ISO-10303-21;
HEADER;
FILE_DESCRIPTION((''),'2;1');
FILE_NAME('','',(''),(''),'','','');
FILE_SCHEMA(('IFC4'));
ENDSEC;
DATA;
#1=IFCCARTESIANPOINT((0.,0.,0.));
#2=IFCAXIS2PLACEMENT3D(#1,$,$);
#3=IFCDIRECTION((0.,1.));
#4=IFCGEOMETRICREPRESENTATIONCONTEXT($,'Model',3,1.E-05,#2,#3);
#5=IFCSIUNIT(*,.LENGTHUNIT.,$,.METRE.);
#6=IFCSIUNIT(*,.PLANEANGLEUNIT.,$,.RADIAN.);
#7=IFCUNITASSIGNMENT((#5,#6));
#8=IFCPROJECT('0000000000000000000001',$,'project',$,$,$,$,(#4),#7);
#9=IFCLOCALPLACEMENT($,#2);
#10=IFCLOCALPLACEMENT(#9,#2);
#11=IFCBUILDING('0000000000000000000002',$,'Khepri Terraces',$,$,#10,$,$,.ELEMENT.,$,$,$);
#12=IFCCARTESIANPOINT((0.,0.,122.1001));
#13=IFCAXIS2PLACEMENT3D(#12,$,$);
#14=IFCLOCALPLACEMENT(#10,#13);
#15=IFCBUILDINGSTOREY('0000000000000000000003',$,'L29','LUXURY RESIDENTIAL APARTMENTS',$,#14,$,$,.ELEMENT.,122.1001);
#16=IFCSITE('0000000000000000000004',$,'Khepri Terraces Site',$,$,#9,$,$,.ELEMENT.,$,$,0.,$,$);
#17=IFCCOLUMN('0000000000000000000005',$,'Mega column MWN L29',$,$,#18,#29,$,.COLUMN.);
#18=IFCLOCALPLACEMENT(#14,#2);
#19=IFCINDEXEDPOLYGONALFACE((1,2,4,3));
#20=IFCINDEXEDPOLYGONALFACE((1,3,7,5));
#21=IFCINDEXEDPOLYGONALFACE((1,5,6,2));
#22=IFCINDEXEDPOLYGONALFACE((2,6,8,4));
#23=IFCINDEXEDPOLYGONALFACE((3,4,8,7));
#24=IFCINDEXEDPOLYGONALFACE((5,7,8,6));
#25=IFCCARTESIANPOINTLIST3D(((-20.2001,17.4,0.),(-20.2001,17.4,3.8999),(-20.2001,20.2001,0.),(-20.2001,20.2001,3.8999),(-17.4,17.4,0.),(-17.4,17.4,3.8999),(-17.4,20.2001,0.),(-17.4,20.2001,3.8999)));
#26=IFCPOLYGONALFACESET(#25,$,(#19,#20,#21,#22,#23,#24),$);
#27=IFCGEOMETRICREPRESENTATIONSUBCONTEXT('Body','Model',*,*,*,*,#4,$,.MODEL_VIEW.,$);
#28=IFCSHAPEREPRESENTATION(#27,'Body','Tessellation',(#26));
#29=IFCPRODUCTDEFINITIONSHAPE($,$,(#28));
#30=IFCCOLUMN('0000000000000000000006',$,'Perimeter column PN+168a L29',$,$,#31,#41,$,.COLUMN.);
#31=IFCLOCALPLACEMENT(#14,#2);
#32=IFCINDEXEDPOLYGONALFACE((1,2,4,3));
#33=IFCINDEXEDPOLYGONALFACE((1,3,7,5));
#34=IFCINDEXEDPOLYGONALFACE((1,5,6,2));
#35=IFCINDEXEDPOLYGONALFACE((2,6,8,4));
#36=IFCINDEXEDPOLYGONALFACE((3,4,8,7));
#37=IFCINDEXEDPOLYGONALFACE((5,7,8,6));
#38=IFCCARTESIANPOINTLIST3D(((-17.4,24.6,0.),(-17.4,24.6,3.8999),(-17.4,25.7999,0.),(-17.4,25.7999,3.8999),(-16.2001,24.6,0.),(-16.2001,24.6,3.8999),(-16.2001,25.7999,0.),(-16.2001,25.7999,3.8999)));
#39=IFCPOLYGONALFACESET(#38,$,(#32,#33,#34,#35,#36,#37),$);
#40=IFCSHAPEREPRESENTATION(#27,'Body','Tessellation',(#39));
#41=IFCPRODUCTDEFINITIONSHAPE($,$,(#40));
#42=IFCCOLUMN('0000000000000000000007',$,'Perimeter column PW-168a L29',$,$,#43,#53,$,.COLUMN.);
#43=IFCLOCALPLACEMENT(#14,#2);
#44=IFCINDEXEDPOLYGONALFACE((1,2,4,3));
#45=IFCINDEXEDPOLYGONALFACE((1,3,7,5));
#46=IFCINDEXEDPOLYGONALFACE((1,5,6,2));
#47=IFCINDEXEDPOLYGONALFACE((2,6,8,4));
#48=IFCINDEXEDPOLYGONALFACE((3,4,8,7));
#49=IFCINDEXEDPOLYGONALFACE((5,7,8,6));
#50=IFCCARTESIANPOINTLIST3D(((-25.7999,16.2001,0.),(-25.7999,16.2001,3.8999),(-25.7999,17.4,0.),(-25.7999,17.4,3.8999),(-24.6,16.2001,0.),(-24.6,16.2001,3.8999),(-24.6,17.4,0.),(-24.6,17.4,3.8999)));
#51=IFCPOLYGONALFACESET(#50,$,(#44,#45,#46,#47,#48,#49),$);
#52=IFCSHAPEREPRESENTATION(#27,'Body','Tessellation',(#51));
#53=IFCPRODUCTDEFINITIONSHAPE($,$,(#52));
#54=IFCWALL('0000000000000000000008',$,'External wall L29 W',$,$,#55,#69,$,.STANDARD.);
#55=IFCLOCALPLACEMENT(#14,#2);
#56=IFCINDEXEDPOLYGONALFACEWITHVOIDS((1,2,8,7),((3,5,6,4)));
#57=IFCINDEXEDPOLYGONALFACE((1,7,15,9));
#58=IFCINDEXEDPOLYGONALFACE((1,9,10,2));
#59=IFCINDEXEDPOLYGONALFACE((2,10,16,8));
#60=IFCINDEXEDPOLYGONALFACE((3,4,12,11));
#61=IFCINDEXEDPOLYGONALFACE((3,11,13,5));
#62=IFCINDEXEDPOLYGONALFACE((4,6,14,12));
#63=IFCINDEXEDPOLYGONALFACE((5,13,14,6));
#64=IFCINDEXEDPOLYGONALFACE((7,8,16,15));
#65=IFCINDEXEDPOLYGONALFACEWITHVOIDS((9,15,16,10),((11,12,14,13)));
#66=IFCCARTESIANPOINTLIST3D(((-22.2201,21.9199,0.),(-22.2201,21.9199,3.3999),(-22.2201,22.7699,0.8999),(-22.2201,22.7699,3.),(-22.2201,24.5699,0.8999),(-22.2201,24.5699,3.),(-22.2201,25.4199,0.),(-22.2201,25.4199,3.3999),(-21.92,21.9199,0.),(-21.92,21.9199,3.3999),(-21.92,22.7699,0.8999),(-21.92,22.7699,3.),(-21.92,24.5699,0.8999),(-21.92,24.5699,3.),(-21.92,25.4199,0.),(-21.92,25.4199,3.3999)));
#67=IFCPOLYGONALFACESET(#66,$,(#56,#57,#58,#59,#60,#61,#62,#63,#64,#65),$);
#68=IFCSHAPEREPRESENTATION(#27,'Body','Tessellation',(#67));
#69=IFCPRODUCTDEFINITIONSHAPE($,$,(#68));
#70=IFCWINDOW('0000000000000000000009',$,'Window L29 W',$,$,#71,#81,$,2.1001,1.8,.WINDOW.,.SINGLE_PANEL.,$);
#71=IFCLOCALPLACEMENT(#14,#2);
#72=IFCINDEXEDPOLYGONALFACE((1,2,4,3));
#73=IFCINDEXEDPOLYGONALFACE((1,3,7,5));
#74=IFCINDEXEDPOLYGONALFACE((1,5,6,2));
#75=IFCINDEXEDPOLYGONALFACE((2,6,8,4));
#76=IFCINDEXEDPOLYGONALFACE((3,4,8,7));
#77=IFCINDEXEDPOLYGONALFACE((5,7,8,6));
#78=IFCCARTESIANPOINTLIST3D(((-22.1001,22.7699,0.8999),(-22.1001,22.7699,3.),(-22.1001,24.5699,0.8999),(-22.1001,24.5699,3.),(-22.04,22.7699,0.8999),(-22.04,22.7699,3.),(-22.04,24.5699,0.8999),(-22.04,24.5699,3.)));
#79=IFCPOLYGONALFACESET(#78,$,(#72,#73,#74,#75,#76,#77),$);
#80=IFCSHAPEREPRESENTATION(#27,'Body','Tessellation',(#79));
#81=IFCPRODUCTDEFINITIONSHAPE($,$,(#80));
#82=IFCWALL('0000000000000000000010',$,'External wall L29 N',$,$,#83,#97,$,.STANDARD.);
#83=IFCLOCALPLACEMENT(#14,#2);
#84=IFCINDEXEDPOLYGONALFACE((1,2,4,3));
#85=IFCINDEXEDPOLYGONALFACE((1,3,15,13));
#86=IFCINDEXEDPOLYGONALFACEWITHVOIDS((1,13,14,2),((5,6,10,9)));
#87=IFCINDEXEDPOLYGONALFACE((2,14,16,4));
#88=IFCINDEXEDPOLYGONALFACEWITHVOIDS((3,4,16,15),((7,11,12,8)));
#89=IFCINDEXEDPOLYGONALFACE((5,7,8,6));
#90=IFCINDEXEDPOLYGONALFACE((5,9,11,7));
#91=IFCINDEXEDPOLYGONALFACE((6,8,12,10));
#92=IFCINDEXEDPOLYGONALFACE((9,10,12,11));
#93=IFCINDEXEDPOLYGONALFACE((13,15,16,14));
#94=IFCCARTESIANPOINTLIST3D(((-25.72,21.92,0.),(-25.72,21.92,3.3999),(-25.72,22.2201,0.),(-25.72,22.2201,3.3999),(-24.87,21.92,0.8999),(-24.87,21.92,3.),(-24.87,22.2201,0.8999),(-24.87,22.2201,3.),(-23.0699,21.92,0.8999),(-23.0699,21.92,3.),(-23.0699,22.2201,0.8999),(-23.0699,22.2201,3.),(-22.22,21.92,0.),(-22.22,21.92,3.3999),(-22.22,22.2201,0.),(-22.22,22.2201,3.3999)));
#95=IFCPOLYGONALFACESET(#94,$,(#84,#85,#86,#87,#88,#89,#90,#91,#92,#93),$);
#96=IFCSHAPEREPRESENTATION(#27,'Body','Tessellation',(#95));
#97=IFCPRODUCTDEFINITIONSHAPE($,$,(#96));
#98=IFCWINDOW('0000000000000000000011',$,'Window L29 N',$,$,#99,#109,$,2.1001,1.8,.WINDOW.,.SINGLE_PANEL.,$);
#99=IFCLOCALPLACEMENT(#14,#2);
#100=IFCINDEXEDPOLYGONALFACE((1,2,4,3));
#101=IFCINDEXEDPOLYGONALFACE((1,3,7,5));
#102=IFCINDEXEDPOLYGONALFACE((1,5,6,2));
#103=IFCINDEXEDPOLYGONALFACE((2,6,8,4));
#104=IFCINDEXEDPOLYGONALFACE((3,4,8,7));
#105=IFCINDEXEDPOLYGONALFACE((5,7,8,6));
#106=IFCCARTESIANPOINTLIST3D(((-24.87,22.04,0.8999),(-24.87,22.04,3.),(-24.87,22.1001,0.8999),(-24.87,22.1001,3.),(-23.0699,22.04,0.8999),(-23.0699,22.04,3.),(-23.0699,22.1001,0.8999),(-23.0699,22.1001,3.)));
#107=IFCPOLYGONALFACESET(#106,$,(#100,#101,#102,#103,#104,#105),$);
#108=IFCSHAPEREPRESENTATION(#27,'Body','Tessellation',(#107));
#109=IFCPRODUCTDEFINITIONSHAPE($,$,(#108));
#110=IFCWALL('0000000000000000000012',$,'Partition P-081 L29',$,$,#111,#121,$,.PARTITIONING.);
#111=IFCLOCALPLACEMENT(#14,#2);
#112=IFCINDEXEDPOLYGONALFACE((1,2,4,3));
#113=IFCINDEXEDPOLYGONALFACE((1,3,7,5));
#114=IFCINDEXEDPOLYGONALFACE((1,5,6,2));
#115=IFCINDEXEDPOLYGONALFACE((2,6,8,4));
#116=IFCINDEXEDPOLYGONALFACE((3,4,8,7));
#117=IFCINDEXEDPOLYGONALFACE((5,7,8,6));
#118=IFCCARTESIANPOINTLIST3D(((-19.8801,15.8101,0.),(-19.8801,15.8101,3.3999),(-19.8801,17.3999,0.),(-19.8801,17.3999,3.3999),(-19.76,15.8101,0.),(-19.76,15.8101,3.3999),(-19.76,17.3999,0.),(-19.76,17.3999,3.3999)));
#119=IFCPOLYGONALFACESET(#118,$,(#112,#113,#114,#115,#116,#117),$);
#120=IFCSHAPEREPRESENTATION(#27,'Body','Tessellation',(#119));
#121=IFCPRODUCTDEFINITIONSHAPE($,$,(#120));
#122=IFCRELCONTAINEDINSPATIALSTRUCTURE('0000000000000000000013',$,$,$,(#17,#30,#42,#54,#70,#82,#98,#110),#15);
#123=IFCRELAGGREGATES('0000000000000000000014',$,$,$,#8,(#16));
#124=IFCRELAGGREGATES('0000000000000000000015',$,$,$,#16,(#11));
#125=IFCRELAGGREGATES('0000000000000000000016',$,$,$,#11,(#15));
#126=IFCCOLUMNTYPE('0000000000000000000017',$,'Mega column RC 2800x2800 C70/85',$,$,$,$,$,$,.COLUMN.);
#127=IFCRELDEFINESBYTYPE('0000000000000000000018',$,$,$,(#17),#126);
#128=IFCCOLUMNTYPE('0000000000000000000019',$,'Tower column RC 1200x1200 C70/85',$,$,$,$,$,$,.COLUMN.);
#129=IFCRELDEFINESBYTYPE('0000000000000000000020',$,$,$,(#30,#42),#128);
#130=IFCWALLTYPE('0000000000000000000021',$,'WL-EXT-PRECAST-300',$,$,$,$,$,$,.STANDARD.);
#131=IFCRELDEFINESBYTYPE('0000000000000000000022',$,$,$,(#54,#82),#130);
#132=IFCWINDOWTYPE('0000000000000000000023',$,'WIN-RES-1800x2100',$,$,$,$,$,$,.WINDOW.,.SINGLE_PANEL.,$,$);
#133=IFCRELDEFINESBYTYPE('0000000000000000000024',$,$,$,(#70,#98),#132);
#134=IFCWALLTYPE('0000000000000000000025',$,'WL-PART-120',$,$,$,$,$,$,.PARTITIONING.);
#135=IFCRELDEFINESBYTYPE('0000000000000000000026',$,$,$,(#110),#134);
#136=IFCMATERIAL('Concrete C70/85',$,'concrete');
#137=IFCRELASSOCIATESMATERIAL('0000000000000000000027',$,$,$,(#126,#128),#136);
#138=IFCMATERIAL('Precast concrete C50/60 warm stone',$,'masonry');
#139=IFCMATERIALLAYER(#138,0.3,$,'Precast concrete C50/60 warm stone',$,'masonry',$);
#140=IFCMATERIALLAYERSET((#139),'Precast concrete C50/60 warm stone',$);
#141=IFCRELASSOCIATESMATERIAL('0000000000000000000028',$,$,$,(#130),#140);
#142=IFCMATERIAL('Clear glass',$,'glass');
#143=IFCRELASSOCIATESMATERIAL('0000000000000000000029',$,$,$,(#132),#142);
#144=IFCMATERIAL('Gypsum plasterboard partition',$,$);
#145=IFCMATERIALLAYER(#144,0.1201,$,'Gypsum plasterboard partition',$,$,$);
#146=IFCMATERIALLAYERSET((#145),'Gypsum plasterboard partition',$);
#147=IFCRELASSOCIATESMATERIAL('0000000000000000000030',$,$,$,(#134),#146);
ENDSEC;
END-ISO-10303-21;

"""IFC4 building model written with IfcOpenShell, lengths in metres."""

from ifc_helpers import new_model, si_unit, direction, frame, frame_2d, origin, origin_2d, place, context, subcontext, project, spatial, rectangle, extrude, material, layer, layer_set, material_profile, profile_set, type_object, element, fill, save


model = new_model("IFC4")

# Units and contexts
model_context = context("Model", 3, precision=1e-05, world=origin(), true_north=direction((0.0, 1.0)))
body_context = subcontext(model_context, "Body", "Model", "MODEL_VIEW")
ifc_project = project(units=[si_unit("LENGTHUNIT", "METRE"), si_unit("PLANEANGLEUNIT", "RADIAN")], contexts=[model_context])

# Site, building, storey
site_placement = place(None, origin())
site = spatial("IfcSite", under=ifc_project, at=site_placement, Name="Khepri Terraces Site", CompositionType="ELEMENT", RefElevation=0.0)
building_placement = place(site_placement, origin())
building = spatial("IfcBuilding", under=site, at=building_placement, Name="Khepri Terraces", CompositionType="ELEMENT")
storey_placement = place(building_placement, frame((0.0, 0.0, 122.1001)))
storey = spatial("IfcBuildingStorey", under=building, at=storey_placement, Name="L29", Description="LUXURY RESIDENTIAL APARTMENTS", CompositionType="ELEMENT", Elevation=122.1001)

# Columns
ifc_material_1 = material(Name="Concrete C70/85", Category="concrete")
ifc_material_profile_1 = material_profile(ifc_material_1, rectangle(XDim=2.8, YDim=2.8, at=origin_2d()), Name="Concrete C70/85", Category="concrete")
ifc_profile_set_1 = profile_set([ifc_material_profile_1], Name="Concrete C70/85")
column_type_1 = type_object("IfcColumnType", Name="Mega column RC 2800x2800 C70/85", PredefinedType="COLUMN", material=ifc_profile_set_1)
column_placement = place(storey_placement, frame((-18.8, 18.8, 0.0), z_axis=(0.0, 0.0, 1.0), x_axis=(1.0, 0.0, 0.0)))
element("IfcColumn", 1, at=column_placement, inside=storey, type_object=column_type_1, Name="Mega column MWN L29", PredefinedType="COLUMN", context=body_context, shape_type="SweptSolid", body=[
    extrude(rectangle(XDim=2.8, YDim=2.8, at=origin_2d()), origin(), (0.0, 0.0, 1.0), 3.8999),
])
ifc_material_profile_2 = material_profile(ifc_material_1, rectangle(XDim=1.2, YDim=1.2, at=origin_2d()), Name="Concrete C70/85", Category="concrete")
ifc_profile_set_2 = profile_set([ifc_material_profile_2], Name="Concrete C70/85")
column_type_2 = type_object("IfcColumnType", Name="Tower column RC 1200x1200 C70/85", PredefinedType="COLUMN", material=ifc_profile_set_2)
for number, where, z_axis, x_axis, name in (
    (2, (-16.8, 25.2, 0.0), (0.0, 0.0, 1.0), (1.0, 0.0, 0.0), "Perimeter column PN+168a L29"),
    (3, (-25.2, 16.8, 0.0), (0.0, 0.0, 1.0), (1.0, 0.0, 0.0), "Perimeter column PW-168a L29"),
):
    element("IfcColumn", number, at=place(storey_placement, frame(where, z_axis=z_axis, x_axis=x_axis)), inside=storey, type_object=column_type_2, Name=name, PredefinedType="COLUMN", context=body_context, shape_type="SweptSolid", body=[
        extrude(rectangle(XDim=1.2, YDim=1.2, at=origin_2d()), origin(), (0.0, 0.0, 1.0), 3.8999),
    ])

# Shared definitions
ifc_material_2 = material(Name="Precast concrete C50/60 warm stone", Category="masonry")
ifc_layer_1 = layer(ifc_material_2, 0.3, Name="Precast concrete C50/60 warm stone", Category="masonry")
ifc_layer_set_1 = layer_set([ifc_layer_1], Name="Precast concrete C50/60 warm stone")
wall_type_1 = type_object("IfcWallType", Name="WL-EXT-PRECAST-300", PredefinedType="STANDARD", material=ifc_layer_set_1)
ifc_material_3 = material(Name="Clear glass", Category="glass")
window_type = type_object("IfcWindowType", Name="WIN-RES-1800x2100", PartitioningType="SINGLE_PANEL", PredefinedType="WINDOW", material=ifc_material_3)

# Walls, openings, windows
wall_1_placement = place(storey_placement, frame((-22.0701, 25.4199, 0.0), z_axis=(0.0, 0.0, 1.0), x_axis=(0.0, -1.0, 0.0)))
wall_1 = element("IfcWall", 4, at=wall_1_placement, inside=storey, type_object=wall_type_1, Name="External wall L29 W", PredefinedType="STANDARD", context=body_context, shape_type="SweptSolid", body=[
    extrude(rectangle(XDim=3.5, YDim=0.3, at=frame_2d((1.75, 0.0))), origin(), (0.0, 0.0, 1.0), 3.3999),
])
opening_1_placement = place(wall_1_placement, frame((0.8501, 0.0, 0.8999)))
opening_1 = element("IfcOpeningElement", 5, at=opening_1_placement, cuts=wall_1, PredefinedType="OPENING", context=body_context, shape_type="SweptSolid", body=[
    extrude(rectangle(XDim=1.8, YDim=2.1001, at=frame_2d((0.8999, 1.05))), frame((0.0, 0.1602, 0.0), z_axis=(0.0, -1.0, 0.0), x_axis=(1.0, 0.0, 0.0)), (0.0, 0.0, 1.0), 0.3201),
])
window_1_placement = place(opening_1_placement, origin())
window_1 = element("IfcWindow", 6, at=window_1_placement, inside=storey, type_object=window_type, Name="Window L29 W", OverallHeight=2.1001, OverallWidth=1.8, PartitioningType="SINGLE_PANEL", PredefinedType="WINDOW", context=body_context, shape_type="SweptSolid", body=[
    extrude(rectangle(XDim=1.8, YDim=2.1001, at=frame_2d((0.8999, 1.05))), frame((0.0, 0.03, 0.0), z_axis=(0.0, -1.0, 0.0), x_axis=(1.0, 0.0, 0.0)), (0.0, 0.0, 1.0), 0.0601),
])
fill(opening_1, window_1)
wall_2_placement = place(storey_placement, frame((-22.22, 22.0701, 0.0), z_axis=(0.0, 0.0, 1.0), x_axis=(-1.0, 0.0, 0.0)))
wall_2 = element("IfcWall", 7, at=wall_2_placement, inside=storey, type_object=wall_type_1, Name="External wall L29 N", PredefinedType="STANDARD", context=body_context, shape_type="SweptSolid", body=[
    extrude(rectangle(XDim=3.5, YDim=0.3, at=frame_2d((1.75, 0.0))), origin(), (0.0, 0.0, 1.0), 3.3999),
])
opening_2_placement = place(wall_2_placement, frame((0.8501, 0.0, 0.8999)))
opening_2 = element("IfcOpeningElement", 8, at=opening_2_placement, cuts=wall_2, PredefinedType="OPENING", context=body_context, shape_type="SweptSolid", body=[
    extrude(rectangle(XDim=1.8, YDim=2.1001, at=frame_2d((0.8999, 1.05))), frame((0.0, 0.1602, 0.0), z_axis=(0.0, -1.0, 0.0), x_axis=(1.0, 0.0, 0.0)), (0.0, 0.0, 1.0), 0.3201),
])
window_2_placement = place(opening_2_placement, origin())
window_2 = element("IfcWindow", 9, at=window_2_placement, inside=storey, type_object=window_type, Name="Window L29 N", OverallHeight=2.1001, OverallWidth=1.8, PartitioningType="SINGLE_PANEL", PredefinedType="WINDOW", context=body_context, shape_type="SweptSolid", body=[
    extrude(rectangle(XDim=1.8, YDim=2.1001, at=frame_2d((0.8999, 1.05))), frame((0.0, 0.03, 0.0), z_axis=(0.0, -1.0, 0.0), x_axis=(1.0, 0.0, 0.0)), (0.0, 0.0, 1.0), 0.0601),
])
fill(opening_2, window_2)

# Wall
ifc_material_4 = material(Name="Gypsum plasterboard partition")
ifc_layer_2 = layer(ifc_material_4, 0.1201, Name="Gypsum plasterboard partition")
ifc_layer_set_2 = layer_set([ifc_layer_2], Name="Gypsum plasterboard partition")
wall_type_2 = type_object("IfcWallType", Name="WL-PART-120", PredefinedType="PARTITIONING", material=ifc_layer_set_2)
wall_3_placement = place(storey_placement, frame((-19.8201, 15.8101, 0.0), z_axis=(0.0, 0.0, 1.0), x_axis=(0.0, 1.0, 0.0)))
element("IfcWall", 10, at=wall_3_placement, inside=storey, type_object=wall_type_2, Name="Partition P-081 L29", PredefinedType="PARTITIONING", context=body_context, shape_type="SweptSolid", body=[
    extrude(rectangle(XDim=1.5898, YDim=0.1201, at=frame_2d((0.7949, 0.0))), origin(), (0.0, 0.0, 1.0), 3.3999),
])

save(model, "model.ifc")
